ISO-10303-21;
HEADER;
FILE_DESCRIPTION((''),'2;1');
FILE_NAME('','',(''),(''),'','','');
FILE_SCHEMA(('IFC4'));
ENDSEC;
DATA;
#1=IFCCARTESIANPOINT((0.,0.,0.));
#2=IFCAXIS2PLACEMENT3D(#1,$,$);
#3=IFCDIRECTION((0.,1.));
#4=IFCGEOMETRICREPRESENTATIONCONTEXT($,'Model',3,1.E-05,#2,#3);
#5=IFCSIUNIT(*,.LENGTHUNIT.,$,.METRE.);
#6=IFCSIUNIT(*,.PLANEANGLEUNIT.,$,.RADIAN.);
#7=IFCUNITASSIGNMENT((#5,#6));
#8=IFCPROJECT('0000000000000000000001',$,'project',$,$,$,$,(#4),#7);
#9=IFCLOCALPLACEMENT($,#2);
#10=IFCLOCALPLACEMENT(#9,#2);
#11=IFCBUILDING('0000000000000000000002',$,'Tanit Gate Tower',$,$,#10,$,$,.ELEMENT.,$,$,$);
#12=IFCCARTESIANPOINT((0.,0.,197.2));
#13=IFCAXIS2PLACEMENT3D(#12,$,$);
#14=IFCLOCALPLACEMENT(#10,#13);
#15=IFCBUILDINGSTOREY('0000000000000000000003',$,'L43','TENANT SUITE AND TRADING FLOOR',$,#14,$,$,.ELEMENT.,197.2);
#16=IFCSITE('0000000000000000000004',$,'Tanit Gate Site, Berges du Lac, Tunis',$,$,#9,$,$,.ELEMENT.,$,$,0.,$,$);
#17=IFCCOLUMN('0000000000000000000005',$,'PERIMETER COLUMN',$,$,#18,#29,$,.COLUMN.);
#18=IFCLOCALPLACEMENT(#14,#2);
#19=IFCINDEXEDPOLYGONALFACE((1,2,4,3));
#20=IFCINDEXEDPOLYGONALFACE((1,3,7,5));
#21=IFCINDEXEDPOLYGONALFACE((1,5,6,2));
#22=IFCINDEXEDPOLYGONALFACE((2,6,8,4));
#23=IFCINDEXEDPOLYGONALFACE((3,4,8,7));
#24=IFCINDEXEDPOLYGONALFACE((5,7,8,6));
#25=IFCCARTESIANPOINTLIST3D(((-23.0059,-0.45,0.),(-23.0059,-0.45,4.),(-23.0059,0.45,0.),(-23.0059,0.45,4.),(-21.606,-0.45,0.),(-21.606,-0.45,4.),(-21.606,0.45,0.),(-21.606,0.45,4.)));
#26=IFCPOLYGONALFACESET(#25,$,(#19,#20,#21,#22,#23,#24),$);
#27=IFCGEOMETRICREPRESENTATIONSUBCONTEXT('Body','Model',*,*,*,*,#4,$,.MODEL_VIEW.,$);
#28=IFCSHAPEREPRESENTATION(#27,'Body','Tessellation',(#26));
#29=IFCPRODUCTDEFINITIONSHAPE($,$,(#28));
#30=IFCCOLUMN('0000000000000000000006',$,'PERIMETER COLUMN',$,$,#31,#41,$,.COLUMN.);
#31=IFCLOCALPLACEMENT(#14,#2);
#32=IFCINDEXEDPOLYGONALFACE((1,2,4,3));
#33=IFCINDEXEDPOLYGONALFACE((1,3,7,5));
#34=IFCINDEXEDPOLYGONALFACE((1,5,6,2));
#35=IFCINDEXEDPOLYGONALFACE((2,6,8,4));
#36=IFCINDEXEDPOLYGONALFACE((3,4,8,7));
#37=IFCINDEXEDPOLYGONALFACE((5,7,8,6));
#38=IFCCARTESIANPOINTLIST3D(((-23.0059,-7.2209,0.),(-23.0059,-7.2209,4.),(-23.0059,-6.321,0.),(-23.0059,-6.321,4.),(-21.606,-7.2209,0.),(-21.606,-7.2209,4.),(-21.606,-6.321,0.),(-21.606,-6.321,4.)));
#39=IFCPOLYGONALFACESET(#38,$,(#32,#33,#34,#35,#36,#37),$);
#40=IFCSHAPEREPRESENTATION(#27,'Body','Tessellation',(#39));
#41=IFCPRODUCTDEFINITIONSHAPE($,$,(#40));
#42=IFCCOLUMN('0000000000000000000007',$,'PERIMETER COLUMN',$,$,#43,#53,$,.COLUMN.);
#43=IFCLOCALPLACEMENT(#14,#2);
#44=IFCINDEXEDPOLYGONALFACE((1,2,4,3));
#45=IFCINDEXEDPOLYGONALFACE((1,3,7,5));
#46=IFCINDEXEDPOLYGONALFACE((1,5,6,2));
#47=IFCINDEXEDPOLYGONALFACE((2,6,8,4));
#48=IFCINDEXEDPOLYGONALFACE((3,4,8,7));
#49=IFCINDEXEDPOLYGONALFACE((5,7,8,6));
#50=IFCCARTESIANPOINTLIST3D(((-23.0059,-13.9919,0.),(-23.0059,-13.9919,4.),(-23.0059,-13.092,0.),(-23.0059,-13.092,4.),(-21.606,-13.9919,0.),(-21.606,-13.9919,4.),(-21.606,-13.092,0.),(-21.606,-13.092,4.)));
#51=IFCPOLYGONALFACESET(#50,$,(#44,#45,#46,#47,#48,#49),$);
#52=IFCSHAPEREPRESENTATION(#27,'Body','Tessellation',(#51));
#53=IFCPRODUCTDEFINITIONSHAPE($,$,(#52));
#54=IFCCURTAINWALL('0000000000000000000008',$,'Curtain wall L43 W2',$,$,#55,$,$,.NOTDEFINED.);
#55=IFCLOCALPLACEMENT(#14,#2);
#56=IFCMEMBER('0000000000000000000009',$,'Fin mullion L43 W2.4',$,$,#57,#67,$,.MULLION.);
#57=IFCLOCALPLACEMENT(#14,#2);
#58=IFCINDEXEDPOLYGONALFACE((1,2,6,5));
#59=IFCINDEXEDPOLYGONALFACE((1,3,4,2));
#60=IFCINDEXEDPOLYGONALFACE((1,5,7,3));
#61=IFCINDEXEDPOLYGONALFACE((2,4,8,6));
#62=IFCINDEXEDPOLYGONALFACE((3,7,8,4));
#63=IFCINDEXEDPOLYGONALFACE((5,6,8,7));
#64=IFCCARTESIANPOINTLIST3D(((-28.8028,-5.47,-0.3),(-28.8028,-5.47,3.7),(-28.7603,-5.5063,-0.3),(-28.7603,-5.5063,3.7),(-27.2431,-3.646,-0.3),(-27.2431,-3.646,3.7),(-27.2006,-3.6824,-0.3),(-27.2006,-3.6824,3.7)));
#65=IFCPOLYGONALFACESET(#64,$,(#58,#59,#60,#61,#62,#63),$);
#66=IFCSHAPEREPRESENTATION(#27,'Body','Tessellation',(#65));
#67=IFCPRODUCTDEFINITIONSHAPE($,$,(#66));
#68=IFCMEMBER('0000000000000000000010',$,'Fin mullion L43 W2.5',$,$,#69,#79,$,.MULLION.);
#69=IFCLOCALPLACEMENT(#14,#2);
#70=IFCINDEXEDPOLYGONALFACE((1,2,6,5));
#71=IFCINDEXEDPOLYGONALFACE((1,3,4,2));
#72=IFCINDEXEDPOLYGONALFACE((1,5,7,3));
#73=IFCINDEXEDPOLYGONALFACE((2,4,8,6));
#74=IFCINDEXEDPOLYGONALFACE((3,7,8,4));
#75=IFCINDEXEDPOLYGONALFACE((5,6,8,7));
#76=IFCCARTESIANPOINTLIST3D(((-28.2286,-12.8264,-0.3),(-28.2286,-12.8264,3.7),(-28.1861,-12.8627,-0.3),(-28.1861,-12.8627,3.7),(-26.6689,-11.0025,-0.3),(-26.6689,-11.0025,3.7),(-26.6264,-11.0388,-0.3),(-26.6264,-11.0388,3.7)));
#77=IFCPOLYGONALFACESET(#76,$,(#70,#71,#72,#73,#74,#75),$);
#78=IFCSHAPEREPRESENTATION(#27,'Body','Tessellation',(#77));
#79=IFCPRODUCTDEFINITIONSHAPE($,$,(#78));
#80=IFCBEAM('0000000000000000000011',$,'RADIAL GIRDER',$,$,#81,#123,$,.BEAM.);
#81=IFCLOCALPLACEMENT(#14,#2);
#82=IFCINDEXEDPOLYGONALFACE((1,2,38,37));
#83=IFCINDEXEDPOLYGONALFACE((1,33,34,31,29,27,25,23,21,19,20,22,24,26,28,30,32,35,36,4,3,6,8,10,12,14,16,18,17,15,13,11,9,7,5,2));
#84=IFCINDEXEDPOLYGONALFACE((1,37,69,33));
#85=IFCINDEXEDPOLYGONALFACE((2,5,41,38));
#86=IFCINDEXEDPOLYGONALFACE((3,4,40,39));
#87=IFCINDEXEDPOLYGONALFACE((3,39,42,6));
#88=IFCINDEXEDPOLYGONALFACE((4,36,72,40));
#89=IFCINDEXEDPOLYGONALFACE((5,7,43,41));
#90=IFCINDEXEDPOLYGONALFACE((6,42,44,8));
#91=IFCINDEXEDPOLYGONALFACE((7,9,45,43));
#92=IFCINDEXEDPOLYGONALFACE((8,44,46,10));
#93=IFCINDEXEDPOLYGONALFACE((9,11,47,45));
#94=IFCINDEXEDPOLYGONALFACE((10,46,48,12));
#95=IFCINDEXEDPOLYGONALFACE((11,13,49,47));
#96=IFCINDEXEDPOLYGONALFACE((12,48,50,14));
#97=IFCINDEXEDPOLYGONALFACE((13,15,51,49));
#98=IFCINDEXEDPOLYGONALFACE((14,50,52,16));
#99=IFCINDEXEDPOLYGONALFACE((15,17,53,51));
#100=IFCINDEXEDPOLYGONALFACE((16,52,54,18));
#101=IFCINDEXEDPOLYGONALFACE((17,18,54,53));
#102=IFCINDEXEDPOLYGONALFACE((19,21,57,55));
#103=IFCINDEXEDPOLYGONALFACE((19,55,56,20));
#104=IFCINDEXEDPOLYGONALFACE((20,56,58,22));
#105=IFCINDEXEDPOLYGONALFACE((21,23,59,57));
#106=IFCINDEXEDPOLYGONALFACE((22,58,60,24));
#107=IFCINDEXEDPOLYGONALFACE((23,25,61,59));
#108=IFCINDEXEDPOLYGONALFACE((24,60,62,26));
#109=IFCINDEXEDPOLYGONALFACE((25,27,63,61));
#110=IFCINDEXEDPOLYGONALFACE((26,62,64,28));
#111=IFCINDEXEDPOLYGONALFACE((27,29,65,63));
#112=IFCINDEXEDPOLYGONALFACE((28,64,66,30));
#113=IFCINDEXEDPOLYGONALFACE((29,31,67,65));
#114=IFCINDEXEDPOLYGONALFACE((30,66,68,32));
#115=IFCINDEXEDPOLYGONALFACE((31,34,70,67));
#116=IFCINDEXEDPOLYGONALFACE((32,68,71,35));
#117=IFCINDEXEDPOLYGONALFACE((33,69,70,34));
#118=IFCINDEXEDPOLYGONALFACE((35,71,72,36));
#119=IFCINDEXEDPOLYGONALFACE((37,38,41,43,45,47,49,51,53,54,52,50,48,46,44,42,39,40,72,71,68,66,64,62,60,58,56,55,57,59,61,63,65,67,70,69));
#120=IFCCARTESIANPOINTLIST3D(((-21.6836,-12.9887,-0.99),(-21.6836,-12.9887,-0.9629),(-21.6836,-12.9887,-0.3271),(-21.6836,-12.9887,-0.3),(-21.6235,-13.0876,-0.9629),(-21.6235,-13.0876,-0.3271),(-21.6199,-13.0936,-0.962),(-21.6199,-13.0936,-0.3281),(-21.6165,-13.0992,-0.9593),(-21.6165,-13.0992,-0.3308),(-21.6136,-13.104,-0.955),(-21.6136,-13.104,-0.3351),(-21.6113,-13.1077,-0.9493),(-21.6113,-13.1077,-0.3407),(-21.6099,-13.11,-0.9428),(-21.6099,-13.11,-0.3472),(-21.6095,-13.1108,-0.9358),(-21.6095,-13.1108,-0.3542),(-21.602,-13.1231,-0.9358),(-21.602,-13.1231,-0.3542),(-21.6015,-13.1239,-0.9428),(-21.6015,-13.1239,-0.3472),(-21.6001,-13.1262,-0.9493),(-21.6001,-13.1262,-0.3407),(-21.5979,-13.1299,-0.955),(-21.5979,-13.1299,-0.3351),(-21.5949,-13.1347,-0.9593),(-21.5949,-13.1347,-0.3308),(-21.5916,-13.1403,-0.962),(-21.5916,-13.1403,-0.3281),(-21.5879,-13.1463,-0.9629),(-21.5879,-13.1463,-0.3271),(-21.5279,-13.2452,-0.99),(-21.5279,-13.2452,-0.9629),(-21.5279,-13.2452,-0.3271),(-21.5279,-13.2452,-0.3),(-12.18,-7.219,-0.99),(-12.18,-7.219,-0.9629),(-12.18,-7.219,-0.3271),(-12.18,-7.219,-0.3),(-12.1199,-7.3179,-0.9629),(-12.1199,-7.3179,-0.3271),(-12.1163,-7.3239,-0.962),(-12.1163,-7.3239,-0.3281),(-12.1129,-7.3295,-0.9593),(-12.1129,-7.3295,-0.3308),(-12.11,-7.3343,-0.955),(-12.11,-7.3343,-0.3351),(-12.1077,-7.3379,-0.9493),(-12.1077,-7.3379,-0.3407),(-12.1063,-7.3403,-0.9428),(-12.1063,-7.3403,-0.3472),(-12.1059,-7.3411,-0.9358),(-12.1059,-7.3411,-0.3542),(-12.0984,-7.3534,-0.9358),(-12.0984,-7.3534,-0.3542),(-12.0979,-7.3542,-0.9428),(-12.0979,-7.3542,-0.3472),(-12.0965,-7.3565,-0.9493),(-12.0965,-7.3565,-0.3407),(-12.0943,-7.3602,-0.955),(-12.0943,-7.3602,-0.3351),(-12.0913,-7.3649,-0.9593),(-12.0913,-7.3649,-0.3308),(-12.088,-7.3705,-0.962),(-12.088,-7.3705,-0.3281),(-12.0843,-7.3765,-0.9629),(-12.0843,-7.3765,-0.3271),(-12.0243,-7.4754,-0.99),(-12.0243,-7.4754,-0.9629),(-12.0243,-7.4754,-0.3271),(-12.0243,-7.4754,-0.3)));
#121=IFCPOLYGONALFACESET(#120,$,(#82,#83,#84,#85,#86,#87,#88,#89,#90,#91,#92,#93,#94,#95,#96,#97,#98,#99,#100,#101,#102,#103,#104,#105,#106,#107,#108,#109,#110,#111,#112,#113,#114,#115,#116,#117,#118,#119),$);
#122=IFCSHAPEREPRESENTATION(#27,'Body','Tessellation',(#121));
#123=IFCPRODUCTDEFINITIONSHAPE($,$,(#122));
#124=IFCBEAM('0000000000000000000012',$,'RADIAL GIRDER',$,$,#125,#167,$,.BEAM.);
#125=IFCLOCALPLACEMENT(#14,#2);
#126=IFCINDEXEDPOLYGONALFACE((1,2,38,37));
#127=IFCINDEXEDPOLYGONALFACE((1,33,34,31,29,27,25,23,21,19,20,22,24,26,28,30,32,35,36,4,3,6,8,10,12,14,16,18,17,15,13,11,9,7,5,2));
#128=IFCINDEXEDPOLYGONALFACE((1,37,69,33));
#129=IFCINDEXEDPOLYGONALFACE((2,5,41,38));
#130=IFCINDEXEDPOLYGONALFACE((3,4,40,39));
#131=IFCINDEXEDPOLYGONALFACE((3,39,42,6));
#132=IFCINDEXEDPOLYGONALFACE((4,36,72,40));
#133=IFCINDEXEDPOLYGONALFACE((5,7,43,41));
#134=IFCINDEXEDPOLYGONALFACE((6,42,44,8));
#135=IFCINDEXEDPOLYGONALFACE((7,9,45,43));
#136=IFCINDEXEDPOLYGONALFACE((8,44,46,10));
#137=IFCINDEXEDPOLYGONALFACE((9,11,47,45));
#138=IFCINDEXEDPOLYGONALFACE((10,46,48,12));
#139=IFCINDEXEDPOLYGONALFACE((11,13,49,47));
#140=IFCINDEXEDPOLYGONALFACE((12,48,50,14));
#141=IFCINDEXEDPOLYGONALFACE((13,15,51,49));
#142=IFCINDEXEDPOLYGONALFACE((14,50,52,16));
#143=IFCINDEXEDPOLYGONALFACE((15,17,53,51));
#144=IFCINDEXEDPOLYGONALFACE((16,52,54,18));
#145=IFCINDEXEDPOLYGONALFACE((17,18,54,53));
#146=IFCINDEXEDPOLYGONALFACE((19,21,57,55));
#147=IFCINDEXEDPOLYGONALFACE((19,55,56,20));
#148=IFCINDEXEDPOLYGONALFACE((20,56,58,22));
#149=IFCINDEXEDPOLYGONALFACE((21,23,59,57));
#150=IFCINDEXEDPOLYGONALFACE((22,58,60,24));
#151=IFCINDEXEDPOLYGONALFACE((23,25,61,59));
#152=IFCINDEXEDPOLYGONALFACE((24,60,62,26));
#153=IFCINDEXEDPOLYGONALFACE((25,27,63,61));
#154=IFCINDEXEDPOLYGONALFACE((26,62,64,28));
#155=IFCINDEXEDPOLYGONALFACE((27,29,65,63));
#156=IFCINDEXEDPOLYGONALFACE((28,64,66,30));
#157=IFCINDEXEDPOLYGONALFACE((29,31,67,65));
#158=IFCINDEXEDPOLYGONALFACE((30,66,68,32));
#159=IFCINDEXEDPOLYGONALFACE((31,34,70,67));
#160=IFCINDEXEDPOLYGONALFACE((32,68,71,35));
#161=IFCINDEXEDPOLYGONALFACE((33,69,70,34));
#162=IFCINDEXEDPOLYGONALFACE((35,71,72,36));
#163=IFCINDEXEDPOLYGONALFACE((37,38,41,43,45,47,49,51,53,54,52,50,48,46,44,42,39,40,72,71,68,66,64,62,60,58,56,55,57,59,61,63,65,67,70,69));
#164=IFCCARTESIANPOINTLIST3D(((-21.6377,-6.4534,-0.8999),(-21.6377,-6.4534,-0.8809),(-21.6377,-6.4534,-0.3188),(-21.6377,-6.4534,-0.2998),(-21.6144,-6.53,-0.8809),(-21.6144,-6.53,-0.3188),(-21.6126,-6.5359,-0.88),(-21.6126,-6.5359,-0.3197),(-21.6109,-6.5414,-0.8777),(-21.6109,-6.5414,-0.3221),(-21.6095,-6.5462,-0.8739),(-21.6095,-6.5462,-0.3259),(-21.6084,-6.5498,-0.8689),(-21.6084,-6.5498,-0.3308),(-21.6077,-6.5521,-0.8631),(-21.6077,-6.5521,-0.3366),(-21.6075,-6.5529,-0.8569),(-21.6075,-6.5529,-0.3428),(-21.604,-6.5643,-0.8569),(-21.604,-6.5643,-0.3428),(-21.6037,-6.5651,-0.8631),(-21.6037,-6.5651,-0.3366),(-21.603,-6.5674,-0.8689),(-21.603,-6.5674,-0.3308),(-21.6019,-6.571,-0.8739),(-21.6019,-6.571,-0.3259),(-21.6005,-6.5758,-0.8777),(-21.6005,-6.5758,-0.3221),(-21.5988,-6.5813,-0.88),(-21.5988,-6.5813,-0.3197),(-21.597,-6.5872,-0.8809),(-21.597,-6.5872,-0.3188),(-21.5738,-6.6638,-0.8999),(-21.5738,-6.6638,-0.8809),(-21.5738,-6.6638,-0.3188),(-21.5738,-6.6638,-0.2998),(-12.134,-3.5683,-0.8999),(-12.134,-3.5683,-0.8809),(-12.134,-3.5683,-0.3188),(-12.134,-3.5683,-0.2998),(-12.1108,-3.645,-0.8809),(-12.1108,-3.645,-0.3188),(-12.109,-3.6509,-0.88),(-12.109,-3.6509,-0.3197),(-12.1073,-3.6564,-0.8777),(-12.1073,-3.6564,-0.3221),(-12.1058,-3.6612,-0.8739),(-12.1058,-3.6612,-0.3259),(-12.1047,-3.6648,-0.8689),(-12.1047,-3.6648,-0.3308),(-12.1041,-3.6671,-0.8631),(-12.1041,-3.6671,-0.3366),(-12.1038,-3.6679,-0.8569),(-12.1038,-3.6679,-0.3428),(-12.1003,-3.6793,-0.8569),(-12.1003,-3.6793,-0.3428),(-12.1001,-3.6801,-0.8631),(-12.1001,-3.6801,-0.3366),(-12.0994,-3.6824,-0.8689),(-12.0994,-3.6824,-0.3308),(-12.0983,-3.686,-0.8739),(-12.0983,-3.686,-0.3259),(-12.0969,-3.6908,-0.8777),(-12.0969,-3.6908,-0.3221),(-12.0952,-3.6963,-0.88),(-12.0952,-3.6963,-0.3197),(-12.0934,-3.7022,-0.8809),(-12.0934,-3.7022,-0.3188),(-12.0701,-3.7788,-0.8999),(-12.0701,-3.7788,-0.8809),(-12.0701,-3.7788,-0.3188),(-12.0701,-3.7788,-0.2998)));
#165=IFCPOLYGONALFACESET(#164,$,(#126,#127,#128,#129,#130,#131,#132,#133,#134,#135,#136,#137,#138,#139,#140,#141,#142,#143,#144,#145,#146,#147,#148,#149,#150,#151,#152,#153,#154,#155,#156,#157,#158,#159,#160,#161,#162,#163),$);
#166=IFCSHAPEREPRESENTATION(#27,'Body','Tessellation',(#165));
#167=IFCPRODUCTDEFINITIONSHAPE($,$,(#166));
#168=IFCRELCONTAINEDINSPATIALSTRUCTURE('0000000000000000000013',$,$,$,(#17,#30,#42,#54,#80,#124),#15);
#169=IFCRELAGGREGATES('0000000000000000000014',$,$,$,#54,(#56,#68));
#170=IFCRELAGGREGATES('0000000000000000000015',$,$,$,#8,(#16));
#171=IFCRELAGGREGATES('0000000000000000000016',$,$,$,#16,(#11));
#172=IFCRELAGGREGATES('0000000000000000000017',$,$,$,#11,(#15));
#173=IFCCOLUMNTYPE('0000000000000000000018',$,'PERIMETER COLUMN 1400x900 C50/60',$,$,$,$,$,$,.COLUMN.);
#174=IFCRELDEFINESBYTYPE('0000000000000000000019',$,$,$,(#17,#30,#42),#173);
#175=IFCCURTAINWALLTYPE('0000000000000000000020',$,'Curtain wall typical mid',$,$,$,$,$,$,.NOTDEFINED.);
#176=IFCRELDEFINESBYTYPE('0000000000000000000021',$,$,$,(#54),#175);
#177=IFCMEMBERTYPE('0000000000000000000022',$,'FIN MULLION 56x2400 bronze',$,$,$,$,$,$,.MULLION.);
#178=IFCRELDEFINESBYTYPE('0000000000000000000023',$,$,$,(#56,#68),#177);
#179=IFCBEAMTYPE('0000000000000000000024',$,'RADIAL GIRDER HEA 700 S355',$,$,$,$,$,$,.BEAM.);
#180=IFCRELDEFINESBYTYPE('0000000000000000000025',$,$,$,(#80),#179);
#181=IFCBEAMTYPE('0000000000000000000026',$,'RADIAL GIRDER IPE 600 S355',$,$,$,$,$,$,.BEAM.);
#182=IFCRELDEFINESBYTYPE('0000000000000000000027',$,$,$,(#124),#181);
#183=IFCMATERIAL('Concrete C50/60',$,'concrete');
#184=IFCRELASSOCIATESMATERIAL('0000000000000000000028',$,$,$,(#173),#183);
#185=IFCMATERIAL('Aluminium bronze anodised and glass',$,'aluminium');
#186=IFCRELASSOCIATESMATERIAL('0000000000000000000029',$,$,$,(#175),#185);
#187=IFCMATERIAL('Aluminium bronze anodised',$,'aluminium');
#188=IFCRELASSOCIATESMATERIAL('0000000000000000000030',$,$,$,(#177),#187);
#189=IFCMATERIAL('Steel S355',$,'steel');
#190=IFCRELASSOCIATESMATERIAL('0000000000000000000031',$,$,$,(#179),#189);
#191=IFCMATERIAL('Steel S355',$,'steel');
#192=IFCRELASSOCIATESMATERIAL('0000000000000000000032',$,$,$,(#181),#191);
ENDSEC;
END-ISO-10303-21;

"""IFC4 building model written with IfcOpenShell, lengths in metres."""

from ifc_helpers import new_model, si_unit, direction, frame, origin, origin_2d, place, context, subcontext, project, spatial, rectangle, i_section, extrude, material, material_profile, profile_set, type_object, element, aggregate, save


model = new_model("IFC4")

# Units and contexts
model_context = context("Model", 3, precision=1e-05, world=origin(), true_north=direction((0.0, 1.0)))
body_context = subcontext(model_context, "Body", "Model", "MODEL_VIEW")
ifc_project = project(units=[si_unit("LENGTHUNIT", "METRE"), si_unit("PLANEANGLEUNIT", "RADIAN")], contexts=[model_context])

# Site, building, storey
site_placement = place(None, origin())
site = spatial("IfcSite", under=ifc_project, at=site_placement, Name="Tanit Gate Site, Berges du Lac, Tunis", CompositionType="ELEMENT", RefElevation=0.0)
building_placement = place(site_placement, origin())
building = spatial("IfcBuilding", under=site, at=building_placement, Name="Tanit Gate Tower", CompositionType="ELEMENT")
storey_placement = place(building_placement, frame((0.0, 0.0, 197.2)))
storey = spatial("IfcBuildingStorey", under=building, at=storey_placement, Name="L43", Description="TENANT SUITE AND TRADING FLOOR", CompositionType="ELEMENT", Elevation=197.2)

# Columns
ifc_material_1 = material(Name="Concrete C50/60", Category="concrete")
ifc_material_profile_1 = material_profile(ifc_material_1, rectangle(XDim=1.3999, YDim=0.8999, at=origin_2d()), Name="RC 1400x900")
ifc_profile_set_1 = profile_set([ifc_material_profile_1], Name="Concrete C50/60")
column_type = type_object("IfcColumnType", Name="PERIMETER COLUMN 1400x900 C50/60", PredefinedType="COLUMN", material=ifc_profile_set_1)
for number, where, z_axis, x_axis, name in (
    (1, (-22.3059, 0.0, 0.0), (0.0, 0.0, 1.0), (-1.0, 0.0, 0.0), "PERIMETER COLUMN"),
    (2, (-22.3059, -6.771, 0.0), (0.0, 0.0, 1.0), (-1.0, 0.0, 0.0), "PERIMETER COLUMN"),
    (3, (-22.3059, -13.542, 0.0), (0.0, 0.0, 1.0), (-1.0, 0.0, 0.0), "PERIMETER COLUMN"),
):
    element("IfcColumn", number, at=place(storey_placement, frame(where, z_axis=z_axis, x_axis=x_axis)), inside=storey, type_object=column_type, Name=name, PredefinedType="COLUMN", context=body_context, shape_type="SweptSolid", body=[
        extrude(rectangle(XDim=1.3999, YDim=0.8999, at=origin_2d()), origin(), (0.0, 0.0, 1.0), 4.0),
    ])

# Curtain wall, members
ifc_material_2 = material(Name="Aluminium bronze anodised and glass", Category="aluminium")
curtain_wall_type = type_object("IfcCurtainWallType", Name="Curtain wall typical mid", PredefinedType="NOTDEFINED", material=ifc_material_2)
curtain_wall_placement = place(storey_placement, origin())
curtain_wall = element("IfcCurtainWall", 4, at=curtain_wall_placement, inside=storey, type_object=curtain_wall_type, Name="Curtain wall L43 W2", PredefinedType="NOTDEFINED")
ifc_material_3 = material(Name="Aluminium bronze anodised", Category="aluminium")
ifc_material_profile_2 = material_profile(ifc_material_3, rectangle(XDim=2.3999, YDim=0.0559, at=origin_2d()), Name="56x2400 bronze fin mullion")
ifc_profile_set_2 = profile_set([ifc_material_profile_2], Name="Aluminium bronze anodised")
member_type_1 = type_object("IfcMemberType", Name="FIN MULLION 56x2400 bronze", PredefinedType="MULLION", material=ifc_profile_set_2)
member_1_placement = place(storey_placement, frame((-28.0017, -4.5762, -0.3), z_axis=(0.0, 0.0, 1.0), x_axis=(0.649921, 0.760002, 0.0)))
member_1 = element("IfcMember", 5, at=member_1_placement, type_object=member_type_1, Name="Fin mullion L43 W2.4", PredefinedType="MULLION", context=body_context, shape_type="SweptSolid", body=[
    extrude(rectangle(XDim=2.3999, YDim=0.0559, at=origin_2d()), origin(), (0.0, 0.0, 1.0), 4.0),
])
member_2_placement = place(storey_placement, frame((-27.4275, -11.9326, -0.3), z_axis=(0.0, 0.0, 1.0), x_axis=(0.649921, 0.760002, 0.0)))
member_2 = element("IfcMember", 6, at=member_2_placement, type_object=member_type_1, Name="Fin mullion L43 W2.5", PredefinedType="MULLION", context=body_context, shape_type="SweptSolid", body=[
    extrude(rectangle(XDim=2.3999, YDim=0.0559, at=origin_2d()), origin(), (0.0, 0.0, 1.0), 4.0),
])

# Beams
ifc_material_4 = material(Name="Steel S355", Category="steel")
ifc_material_profile_3 = material_profile(ifc_material_4, i_section(OverallWidth=0.3, OverallDepth=0.6899, WebThickness=0.0144, FlangeThickness=0.0271, FilletRadius=0.0271, at=origin_2d()), Name="HEA 700")
ifc_profile_set_3 = profile_set([ifc_material_profile_3], Name="Steel S355")
beam_type_1 = type_object("IfcBeamType", Name="RADIAL GIRDER HEA 700 S355", PredefinedType="BEAM", material=ifc_profile_set_3)
beam_1_placement = place(storey_placement, frame((-21.6057, -13.1169, -0.645), z_axis=(0.8548, 0.518958, 0.0), x_axis=(-0.518958, 0.8548, 0.0)))
element("IfcBeam", 7, at=beam_1_placement, inside=storey, type_object=beam_type_1, Name="RADIAL GIRDER", PredefinedType="BEAM", context=body_context, shape_type="SweptSolid", body=[
    extrude(i_section(OverallWidth=0.3, OverallDepth=0.6899, WebThickness=0.0144, FlangeThickness=0.0271, FilletRadius=0.0271, at=origin_2d()), origin(), (0.0, 0.0, 1.0), 11.1179),
])
ifc_material_5 = material(Name="Steel S355", Category="steel")
ifc_material_profile_4 = material_profile(ifc_material_5, i_section(OverallWidth=0.22, OverallDepth=0.6001, WebThickness=0.012, FlangeThickness=0.019, FilletRadius=0.0239, at=origin_2d()), Name="IPE 600")
ifc_profile_set_4 = profile_set([ifc_material_profile_4], Name="Steel S355")
beam_type_2 = type_object("IfcBeamType", Name="RADIAL GIRDER IPE 600 S355", PredefinedType="BEAM", material=ifc_profile_set_4)
beam_2_placement = place(storey_placement, frame((-21.6057, -6.5586, -0.5999), z_axis=(0.956881, 0.290479, 0.0), x_axis=(-0.290479, 0.956881, 0.0)))
element("IfcBeam", 8, at=beam_2_placement, inside=storey, type_object=beam_type_2, Name="RADIAL GIRDER", PredefinedType="BEAM", context=body_context, shape_type="SweptSolid", body=[
    extrude(i_section(OverallWidth=0.22, OverallDepth=0.6001, WebThickness=0.012, FlangeThickness=0.019, FilletRadius=0.0239, at=origin_2d()), origin(), (0.0, 0.0, 1.0), 9.9319),
])

aggregate(curtain_wall, [member_1, member_2])

save(model, "model.ifc")
